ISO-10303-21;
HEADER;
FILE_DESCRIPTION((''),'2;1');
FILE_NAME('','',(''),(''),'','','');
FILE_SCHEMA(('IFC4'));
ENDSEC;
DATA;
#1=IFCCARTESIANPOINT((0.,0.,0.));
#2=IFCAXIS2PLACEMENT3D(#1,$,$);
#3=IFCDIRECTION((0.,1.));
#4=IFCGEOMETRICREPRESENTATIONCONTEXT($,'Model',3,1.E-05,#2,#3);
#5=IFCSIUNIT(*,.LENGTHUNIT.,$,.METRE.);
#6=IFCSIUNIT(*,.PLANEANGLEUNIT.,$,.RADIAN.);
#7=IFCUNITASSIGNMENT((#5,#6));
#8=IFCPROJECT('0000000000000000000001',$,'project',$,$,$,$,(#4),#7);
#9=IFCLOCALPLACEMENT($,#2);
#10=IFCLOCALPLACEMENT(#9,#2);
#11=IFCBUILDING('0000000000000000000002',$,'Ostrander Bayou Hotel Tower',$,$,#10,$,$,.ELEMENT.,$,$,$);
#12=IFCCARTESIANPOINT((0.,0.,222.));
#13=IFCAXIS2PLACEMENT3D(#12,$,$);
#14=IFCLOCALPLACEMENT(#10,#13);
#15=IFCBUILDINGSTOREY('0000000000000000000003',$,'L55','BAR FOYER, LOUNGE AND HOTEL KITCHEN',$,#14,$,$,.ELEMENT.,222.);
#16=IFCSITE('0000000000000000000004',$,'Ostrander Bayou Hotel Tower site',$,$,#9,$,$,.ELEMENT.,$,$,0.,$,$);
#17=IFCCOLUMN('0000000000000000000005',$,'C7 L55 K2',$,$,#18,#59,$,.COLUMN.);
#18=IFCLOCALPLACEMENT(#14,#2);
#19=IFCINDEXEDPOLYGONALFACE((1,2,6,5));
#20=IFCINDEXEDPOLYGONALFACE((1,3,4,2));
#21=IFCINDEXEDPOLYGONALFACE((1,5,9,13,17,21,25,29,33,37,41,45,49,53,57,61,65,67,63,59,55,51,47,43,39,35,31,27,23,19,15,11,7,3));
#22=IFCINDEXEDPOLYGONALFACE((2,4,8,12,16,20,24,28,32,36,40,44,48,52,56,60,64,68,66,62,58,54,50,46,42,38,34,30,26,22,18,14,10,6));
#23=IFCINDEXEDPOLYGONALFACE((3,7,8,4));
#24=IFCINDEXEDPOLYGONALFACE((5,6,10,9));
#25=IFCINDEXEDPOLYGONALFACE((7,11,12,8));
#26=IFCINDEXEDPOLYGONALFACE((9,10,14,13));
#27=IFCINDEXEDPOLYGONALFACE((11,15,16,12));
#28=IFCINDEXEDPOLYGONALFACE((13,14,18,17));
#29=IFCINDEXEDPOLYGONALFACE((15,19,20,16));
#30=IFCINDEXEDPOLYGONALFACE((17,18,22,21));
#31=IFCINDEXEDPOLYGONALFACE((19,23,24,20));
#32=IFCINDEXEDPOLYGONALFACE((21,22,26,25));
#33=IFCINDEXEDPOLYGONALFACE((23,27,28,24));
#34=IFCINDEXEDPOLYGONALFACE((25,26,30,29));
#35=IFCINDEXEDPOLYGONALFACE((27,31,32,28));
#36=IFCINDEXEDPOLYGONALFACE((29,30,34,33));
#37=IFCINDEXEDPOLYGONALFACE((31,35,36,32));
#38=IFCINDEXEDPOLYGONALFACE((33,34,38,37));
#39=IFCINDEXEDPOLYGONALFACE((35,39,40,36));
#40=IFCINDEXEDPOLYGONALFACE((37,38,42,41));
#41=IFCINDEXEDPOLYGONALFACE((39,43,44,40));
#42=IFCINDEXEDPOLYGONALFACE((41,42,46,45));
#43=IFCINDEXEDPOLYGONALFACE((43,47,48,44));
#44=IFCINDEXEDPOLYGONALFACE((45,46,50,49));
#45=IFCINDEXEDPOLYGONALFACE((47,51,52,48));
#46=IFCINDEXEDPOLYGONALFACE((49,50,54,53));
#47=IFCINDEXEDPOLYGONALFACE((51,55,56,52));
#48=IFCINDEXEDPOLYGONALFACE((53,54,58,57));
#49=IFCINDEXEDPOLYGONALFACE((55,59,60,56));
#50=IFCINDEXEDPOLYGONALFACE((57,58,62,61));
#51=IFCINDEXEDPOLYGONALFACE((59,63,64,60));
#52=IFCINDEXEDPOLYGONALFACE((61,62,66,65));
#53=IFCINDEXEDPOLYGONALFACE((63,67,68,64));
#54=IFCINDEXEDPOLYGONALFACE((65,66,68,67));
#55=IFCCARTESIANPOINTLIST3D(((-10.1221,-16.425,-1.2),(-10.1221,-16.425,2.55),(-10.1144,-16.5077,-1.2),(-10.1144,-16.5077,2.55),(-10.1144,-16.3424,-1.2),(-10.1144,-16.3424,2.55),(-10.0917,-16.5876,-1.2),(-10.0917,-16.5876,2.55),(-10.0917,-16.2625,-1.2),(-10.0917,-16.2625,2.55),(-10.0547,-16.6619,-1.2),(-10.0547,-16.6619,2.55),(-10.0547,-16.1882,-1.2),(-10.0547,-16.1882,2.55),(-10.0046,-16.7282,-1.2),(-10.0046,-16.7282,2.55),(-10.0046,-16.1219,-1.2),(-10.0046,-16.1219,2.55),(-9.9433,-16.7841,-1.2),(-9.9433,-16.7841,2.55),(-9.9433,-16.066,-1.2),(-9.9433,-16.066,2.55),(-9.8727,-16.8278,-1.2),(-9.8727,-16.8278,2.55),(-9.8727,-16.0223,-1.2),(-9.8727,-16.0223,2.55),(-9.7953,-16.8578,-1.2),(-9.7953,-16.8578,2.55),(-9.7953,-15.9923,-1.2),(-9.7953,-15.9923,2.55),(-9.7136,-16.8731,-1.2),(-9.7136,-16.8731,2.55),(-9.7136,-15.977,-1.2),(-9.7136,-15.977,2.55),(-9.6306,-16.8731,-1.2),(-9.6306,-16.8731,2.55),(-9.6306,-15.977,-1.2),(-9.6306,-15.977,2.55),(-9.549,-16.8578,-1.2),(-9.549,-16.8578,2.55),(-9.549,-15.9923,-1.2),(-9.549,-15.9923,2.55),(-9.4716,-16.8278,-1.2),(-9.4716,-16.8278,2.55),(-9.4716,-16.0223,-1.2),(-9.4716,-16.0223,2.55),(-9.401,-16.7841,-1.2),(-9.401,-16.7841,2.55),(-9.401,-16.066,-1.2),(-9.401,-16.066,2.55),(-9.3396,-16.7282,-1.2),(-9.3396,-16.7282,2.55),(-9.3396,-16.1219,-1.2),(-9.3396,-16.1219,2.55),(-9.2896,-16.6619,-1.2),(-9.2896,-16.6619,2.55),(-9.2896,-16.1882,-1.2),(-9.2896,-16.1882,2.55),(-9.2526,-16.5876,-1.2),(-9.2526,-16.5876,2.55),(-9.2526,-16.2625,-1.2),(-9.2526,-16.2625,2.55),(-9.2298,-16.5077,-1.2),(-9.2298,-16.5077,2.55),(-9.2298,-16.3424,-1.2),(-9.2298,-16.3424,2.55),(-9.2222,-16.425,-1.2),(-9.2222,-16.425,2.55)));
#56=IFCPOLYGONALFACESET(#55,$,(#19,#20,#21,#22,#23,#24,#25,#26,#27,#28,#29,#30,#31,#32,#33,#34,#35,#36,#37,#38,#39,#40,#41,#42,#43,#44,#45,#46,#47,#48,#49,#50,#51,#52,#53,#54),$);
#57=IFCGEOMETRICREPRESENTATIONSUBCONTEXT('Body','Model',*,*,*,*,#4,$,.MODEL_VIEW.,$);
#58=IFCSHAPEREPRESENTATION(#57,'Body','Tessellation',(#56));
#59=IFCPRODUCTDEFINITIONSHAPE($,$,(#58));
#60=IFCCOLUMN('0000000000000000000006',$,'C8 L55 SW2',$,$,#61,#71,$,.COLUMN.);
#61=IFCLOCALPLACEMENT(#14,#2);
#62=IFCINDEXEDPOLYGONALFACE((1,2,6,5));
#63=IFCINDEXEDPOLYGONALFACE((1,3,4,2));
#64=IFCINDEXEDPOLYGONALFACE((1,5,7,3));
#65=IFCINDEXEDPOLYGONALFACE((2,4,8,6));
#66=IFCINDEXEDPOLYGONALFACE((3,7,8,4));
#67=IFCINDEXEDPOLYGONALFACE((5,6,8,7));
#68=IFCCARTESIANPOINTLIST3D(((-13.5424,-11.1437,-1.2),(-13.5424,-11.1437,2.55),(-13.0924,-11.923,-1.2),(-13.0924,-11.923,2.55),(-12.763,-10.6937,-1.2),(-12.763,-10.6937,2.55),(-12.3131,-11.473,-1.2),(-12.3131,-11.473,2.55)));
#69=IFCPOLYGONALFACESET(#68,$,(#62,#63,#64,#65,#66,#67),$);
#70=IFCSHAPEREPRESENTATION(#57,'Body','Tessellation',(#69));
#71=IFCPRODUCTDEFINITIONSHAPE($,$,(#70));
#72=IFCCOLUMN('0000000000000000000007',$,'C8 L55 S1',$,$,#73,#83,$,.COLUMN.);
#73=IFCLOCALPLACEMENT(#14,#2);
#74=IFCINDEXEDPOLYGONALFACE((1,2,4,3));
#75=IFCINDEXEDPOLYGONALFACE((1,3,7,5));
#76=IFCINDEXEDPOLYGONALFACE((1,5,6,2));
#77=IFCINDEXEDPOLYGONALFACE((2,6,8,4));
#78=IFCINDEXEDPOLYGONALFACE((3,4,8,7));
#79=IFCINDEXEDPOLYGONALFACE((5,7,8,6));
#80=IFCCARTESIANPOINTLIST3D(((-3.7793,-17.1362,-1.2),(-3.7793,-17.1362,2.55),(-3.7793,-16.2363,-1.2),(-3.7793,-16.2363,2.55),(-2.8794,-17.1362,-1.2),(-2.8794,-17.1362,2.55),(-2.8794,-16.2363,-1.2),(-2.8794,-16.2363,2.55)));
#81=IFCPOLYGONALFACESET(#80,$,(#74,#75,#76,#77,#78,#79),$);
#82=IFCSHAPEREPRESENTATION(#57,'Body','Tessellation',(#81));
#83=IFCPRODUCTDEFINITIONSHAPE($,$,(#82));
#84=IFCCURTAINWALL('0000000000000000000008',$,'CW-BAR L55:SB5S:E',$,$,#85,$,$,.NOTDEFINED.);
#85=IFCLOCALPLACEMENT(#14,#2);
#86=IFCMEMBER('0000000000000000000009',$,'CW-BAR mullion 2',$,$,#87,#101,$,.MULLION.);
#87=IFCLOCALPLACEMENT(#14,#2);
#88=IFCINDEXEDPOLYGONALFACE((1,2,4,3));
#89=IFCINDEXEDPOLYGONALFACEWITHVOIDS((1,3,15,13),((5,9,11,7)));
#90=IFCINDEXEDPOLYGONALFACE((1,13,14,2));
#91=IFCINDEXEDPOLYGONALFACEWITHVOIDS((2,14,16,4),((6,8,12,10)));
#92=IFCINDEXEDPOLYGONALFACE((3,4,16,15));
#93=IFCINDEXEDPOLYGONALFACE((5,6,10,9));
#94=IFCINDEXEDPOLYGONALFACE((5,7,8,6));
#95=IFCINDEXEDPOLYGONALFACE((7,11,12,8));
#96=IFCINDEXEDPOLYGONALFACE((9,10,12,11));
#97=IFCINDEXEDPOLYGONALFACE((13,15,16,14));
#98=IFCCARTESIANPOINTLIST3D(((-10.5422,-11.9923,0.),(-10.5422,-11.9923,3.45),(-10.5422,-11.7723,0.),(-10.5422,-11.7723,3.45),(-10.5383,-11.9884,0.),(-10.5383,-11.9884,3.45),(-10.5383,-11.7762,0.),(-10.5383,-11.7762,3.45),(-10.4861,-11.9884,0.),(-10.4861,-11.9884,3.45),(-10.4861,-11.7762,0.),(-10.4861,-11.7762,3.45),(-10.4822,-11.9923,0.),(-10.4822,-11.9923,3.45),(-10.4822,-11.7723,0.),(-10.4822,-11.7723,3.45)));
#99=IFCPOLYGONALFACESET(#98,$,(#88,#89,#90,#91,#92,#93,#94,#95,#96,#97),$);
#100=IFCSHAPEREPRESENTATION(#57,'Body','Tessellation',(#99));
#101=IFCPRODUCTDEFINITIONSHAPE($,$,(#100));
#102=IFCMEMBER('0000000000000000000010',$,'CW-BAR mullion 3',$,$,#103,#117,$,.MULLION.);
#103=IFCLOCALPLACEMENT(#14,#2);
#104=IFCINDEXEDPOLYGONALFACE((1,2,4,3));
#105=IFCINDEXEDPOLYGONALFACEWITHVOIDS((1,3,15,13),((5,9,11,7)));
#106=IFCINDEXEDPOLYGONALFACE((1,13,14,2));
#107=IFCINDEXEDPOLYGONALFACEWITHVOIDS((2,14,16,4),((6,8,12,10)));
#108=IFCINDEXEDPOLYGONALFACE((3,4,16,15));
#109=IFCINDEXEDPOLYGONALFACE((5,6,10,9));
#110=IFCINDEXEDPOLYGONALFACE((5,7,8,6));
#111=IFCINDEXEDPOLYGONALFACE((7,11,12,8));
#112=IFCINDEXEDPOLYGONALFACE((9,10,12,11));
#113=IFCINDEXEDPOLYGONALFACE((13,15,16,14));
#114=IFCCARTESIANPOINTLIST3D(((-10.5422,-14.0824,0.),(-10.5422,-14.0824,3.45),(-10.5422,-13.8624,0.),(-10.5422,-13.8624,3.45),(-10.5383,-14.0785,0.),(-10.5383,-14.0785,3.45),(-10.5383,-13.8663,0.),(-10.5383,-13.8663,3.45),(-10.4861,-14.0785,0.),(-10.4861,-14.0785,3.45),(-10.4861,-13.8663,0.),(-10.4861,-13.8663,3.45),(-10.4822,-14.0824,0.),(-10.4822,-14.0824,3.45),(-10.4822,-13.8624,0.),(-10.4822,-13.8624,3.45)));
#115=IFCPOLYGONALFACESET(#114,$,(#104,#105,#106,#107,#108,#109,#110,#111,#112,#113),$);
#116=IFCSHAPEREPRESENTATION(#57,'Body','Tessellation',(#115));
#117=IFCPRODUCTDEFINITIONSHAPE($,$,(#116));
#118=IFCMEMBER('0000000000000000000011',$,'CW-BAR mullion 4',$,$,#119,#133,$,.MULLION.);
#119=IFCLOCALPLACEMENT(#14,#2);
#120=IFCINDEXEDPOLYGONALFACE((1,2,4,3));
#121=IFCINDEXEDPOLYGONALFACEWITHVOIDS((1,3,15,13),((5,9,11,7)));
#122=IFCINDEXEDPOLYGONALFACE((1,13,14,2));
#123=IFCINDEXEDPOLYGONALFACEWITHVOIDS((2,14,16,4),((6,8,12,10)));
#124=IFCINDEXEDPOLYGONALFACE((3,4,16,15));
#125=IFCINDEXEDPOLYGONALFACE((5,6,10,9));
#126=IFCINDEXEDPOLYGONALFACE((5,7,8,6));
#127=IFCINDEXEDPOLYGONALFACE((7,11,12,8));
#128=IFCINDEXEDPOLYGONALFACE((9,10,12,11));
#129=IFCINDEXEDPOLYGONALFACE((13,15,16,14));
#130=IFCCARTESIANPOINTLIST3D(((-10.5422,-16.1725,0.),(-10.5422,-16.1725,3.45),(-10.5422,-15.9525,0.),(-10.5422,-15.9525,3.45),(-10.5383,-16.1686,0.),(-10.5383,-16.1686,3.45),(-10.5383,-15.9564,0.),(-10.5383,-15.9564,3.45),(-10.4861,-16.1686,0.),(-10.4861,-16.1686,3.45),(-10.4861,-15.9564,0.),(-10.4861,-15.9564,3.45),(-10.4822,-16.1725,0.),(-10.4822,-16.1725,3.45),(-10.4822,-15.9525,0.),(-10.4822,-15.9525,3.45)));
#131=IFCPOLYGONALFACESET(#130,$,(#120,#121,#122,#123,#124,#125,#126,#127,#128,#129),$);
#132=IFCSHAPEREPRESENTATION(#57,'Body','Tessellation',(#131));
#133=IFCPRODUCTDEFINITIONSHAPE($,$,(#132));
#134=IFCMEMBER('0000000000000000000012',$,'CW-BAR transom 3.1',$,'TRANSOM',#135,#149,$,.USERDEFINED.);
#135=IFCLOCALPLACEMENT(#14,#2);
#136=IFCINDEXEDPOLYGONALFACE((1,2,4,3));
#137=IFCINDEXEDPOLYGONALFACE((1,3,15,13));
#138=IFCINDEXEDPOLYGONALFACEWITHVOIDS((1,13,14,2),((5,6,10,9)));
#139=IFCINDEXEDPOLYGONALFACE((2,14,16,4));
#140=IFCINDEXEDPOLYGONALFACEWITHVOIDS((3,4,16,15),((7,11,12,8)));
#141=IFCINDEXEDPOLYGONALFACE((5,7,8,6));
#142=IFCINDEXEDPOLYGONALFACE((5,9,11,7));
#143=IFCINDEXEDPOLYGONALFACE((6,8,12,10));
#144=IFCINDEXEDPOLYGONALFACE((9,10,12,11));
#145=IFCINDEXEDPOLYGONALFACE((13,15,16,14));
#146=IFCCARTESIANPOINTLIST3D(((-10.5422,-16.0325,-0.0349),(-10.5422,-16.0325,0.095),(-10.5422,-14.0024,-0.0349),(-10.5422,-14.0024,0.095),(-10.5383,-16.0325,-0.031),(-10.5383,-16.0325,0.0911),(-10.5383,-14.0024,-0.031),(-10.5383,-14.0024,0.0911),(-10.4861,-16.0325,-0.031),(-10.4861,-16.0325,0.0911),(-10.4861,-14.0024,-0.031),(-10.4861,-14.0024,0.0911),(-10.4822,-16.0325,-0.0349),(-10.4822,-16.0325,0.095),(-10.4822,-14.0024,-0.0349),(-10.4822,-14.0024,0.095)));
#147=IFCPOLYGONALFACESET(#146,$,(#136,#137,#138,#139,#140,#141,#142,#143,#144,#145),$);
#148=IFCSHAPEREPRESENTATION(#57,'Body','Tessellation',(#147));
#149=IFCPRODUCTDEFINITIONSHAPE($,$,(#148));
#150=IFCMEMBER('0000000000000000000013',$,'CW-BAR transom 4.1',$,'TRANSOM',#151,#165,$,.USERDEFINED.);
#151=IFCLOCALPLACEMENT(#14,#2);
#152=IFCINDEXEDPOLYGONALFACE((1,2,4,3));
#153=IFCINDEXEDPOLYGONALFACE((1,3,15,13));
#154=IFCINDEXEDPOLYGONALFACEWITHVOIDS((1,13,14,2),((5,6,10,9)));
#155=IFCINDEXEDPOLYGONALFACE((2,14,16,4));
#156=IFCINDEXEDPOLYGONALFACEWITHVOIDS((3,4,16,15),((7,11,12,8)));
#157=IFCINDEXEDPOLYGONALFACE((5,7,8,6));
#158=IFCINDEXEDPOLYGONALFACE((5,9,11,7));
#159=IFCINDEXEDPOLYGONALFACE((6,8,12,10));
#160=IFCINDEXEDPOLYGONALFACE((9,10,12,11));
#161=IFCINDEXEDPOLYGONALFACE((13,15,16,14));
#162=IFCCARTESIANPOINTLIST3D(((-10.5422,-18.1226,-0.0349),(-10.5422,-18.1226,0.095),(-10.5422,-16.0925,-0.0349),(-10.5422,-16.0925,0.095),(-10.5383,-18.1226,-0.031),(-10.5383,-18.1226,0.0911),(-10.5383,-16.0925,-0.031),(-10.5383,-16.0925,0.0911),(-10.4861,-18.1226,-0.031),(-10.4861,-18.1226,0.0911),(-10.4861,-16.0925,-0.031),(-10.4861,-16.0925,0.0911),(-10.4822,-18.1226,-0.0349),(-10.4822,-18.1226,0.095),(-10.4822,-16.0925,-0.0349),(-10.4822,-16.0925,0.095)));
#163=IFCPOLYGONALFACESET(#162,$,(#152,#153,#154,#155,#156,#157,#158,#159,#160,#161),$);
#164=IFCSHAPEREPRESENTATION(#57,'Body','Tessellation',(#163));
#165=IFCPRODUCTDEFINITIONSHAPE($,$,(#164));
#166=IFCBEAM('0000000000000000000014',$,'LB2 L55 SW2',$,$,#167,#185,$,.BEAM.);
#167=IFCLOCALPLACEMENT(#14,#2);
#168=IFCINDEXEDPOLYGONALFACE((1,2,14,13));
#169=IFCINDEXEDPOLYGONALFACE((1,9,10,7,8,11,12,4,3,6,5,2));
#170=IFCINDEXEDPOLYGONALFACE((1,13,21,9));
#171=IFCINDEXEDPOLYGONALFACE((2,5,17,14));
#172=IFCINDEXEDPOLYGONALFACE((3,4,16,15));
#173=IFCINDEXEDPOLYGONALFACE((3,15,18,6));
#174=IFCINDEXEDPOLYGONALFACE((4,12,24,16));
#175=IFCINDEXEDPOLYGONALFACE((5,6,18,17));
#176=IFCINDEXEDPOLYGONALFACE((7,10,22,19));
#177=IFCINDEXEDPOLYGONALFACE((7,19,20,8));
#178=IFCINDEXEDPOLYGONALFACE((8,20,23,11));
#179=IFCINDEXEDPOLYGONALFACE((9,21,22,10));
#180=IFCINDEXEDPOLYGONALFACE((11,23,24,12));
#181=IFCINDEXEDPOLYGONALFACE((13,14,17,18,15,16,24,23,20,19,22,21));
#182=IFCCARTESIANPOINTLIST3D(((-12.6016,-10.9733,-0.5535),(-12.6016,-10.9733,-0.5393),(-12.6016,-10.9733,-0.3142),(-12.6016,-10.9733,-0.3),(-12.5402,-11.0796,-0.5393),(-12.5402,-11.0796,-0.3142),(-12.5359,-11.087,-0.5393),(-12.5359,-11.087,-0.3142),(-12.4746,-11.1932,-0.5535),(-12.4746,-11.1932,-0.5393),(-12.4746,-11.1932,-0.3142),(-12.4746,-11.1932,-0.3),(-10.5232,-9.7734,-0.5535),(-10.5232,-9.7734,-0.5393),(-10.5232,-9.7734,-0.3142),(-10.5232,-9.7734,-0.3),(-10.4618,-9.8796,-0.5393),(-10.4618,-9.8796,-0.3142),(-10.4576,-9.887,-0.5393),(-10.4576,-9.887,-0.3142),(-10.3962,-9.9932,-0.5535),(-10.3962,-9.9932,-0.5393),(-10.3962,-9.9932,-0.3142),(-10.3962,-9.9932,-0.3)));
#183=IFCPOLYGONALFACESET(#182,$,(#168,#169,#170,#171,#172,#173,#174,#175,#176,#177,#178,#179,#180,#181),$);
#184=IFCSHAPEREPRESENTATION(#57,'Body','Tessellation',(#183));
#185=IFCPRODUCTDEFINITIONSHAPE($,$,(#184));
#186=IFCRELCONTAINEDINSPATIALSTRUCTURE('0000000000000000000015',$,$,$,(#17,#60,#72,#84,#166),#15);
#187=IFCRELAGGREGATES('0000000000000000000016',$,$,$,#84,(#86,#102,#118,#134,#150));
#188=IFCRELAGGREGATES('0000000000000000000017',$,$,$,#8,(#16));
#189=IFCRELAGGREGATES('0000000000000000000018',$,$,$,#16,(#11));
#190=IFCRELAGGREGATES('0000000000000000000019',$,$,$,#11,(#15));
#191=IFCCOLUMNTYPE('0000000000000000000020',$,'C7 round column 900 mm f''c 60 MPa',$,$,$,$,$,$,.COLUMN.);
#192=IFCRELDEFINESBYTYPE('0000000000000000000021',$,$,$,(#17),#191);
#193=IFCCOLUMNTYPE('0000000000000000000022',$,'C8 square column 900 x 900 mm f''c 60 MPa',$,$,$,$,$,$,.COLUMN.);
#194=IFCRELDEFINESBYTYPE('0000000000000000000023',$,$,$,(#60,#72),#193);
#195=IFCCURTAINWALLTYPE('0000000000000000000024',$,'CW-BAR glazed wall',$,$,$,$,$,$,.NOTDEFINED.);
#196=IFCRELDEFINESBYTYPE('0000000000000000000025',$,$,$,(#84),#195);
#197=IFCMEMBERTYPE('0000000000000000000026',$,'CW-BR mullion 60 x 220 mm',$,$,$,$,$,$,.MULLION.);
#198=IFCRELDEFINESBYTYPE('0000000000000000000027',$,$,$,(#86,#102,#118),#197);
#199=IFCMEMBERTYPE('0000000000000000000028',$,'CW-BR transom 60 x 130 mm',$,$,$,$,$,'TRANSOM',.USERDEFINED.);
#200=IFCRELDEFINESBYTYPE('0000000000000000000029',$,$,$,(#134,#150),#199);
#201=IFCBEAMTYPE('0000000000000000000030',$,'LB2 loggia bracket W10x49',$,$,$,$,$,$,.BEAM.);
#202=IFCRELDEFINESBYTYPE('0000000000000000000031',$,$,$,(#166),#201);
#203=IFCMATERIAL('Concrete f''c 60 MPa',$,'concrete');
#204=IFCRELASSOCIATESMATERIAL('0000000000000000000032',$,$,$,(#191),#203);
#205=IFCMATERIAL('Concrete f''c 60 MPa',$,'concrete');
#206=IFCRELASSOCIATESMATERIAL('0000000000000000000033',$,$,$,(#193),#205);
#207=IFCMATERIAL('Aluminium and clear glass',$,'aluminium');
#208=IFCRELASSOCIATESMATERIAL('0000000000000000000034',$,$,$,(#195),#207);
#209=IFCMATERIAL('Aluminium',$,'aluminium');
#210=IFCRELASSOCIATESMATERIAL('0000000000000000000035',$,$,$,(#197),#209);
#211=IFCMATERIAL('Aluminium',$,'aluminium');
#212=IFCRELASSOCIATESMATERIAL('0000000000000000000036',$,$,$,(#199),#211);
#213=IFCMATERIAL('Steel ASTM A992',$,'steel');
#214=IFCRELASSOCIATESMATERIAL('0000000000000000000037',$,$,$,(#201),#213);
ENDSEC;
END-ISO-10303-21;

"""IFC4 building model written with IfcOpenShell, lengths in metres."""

from ifc_helpers import new_model, si_unit, direction, frame, origin, origin_2d, place, context, subcontext, project, spatial, rectangle, hollow_rectangle, circle, i_section, extrude, material, material_profile, profile_set, type_object, element, aggregate, save


model = new_model("IFC4")

# Units and contexts
model_context = context("Model", 3, precision=1e-05, world=origin(), true_north=direction((0.0, 1.0)))
body_context = subcontext(model_context, "Body", "Model", "MODEL_VIEW")
ifc_project = project(units=[si_unit("LENGTHUNIT", "METRE"), si_unit("PLANEANGLEUNIT", "RADIAN")], contexts=[model_context])

# Site, building, storey
site_placement = place(None, origin())
site = spatial("IfcSite", under=ifc_project, at=site_placement, Name="Ostrander Bayou Hotel Tower site", CompositionType="ELEMENT", RefElevation=0.0)
building_placement = place(site_placement, origin())
building = spatial("IfcBuilding", under=site, at=building_placement, Name="Ostrander Bayou Hotel Tower", CompositionType="ELEMENT")
storey_placement = place(building_placement, frame((0.0, 0.0, 222.0)))
storey = spatial("IfcBuildingStorey", under=building, at=storey_placement, Name="L55", Description="BAR FOYER, LOUNGE AND HOTEL KITCHEN", CompositionType="ELEMENT", Elevation=222.0)

# Columns
ifc_material_1 = material(Name="Concrete f'c 60 MPa", Category="concrete")
ifc_material_profile_1 = material_profile(ifc_material_1, circle(Radius=0.45, at=origin_2d()))
ifc_profile_set_1 = profile_set([ifc_material_profile_1], Name="Concrete f'c 60 MPa")
column_type_1 = type_object("IfcColumnType", Name="C7 round column 900 mm f'c 60 MPa", PredefinedType="COLUMN", material=ifc_profile_set_1)
column_placement = place(storey_placement, frame((-9.6721, -16.425, -1.2), z_axis=(0.0, 0.0, 1.0), x_axis=(1.0, 0.0, 0.0)))
element("IfcColumn", 1, at=column_placement, inside=storey, type_object=column_type_1, Name="C7 L55 K2", PredefinedType="COLUMN", context=body_context, shape_type="SweptSolid", body=[
    extrude(circle(Radius=0.45, at=origin_2d()), origin(), (0.0, 0.0, 1.0), 3.75),
])
ifc_material_2 = material(Name="Concrete f'c 60 MPa", Category="concrete")
ifc_material_profile_2 = material_profile(ifc_material_2, rectangle(XDim=0.8999, YDim=0.8999, at=origin_2d()))
ifc_profile_set_2 = profile_set([ifc_material_profile_2], Name="Concrete f'c 60 MPa")
column_type_2 = type_object("IfcColumnType", Name="C8 square column 900 x 900 mm f'c 60 MPa", PredefinedType="COLUMN", material=ifc_profile_set_2)
for number, where, z_axis, x_axis, name in (
    (2, (-12.9277, -11.3083, -1.2), (0.0, 0.0, 1.0), (-0.5, 0.866025, 0.0), "C8 L55 SW2"),
    (3, (-3.3293, -16.6863, -1.2), (0.0, 0.0, 1.0), (-1.0, 0.0, 0.0), "C8 L55 S1"),
):
    element("IfcColumn", number, at=place(storey_placement, frame(where, z_axis=z_axis, x_axis=x_axis)), inside=storey, type_object=column_type_2, Name=name, PredefinedType="COLUMN", context=body_context, shape_type="SweptSolid", body=[
        extrude(rectangle(XDim=0.8999, YDim=0.8999, at=origin_2d()), origin(), (0.0, 0.0, 1.0), 3.75),
    ])

# Curtain wall, members
ifc_material_3 = material(Name="Aluminium and clear glass", Category="aluminium")
curtain_wall_type = type_object("IfcCurtainWallType", Name="CW-BAR glazed wall", PredefinedType="NOTDEFINED", material=ifc_material_3)
curtain_wall_placement = place(storey_placement, origin())
curtain_wall = element("IfcCurtainWall", 4, at=curtain_wall_placement, inside=storey, type_object=curtain_wall_type, Name="CW-BAR L55:SB5S:E", PredefinedType="NOTDEFINED")
ifc_material_4 = material(Name="Aluminium", Category="aluminium")
ifc_material_profile_3 = material_profile(ifc_material_4, hollow_rectangle(XDim=0.0601, YDim=0.22, WallThickness=0.0039, at=origin_2d()))
ifc_profile_set_3 = profile_set([ifc_material_profile_3], Name="Aluminium")
member_type_1 = type_object("IfcMemberType", Name="CW-BR mullion 60 x 220 mm", PredefinedType="MULLION", material=ifc_profile_set_3)
member_1_placement = place(storey_placement, frame((-10.5122, -11.8823, 0.0), z_axis=(0.0, 0.0, 1.0), x_axis=(1.0, 0.0, 0.0)))
member_1 = element("IfcMember", 5, at=member_1_placement, type_object=member_type_1, Name="CW-BAR mullion 2", PredefinedType="MULLION", context=body_context, shape_type="SweptSolid", body=[
    extrude(hollow_rectangle(XDim=0.0601, YDim=0.22, WallThickness=0.0039, at=origin_2d()), origin(), (0.0, 0.0, 1.0), 3.45),
])
member_2_placement = place(storey_placement, frame((-10.5122, -13.9724, 0.0), z_axis=(0.0, 0.0, 1.0), x_axis=(1.0, 0.0, 0.0)))
member_2 = element("IfcMember", 6, at=member_2_placement, type_object=member_type_1, Name="CW-BAR mullion 3", PredefinedType="MULLION", context=body_context, shape_type="SweptSolid", body=[
    extrude(hollow_rectangle(XDim=0.0601, YDim=0.22, WallThickness=0.0039, at=origin_2d()), origin(), (0.0, 0.0, 1.0), 3.45),
])
member_3_placement = place(storey_placement, frame((-10.5122, -16.0625, 0.0), z_axis=(0.0, 0.0, 1.0), x_axis=(1.0, 0.0, 0.0)))
member_3 = element("IfcMember", 7, at=member_3_placement, type_object=member_type_1, Name="CW-BAR mullion 4", PredefinedType="MULLION", context=body_context, shape_type="SweptSolid", body=[
    extrude(hollow_rectangle(XDim=0.0601, YDim=0.22, WallThickness=0.0039, at=origin_2d()), origin(), (0.0, 0.0, 1.0), 3.45),
])
ifc_material_5 = material(Name="Aluminium", Category="aluminium")
ifc_material_profile_4 = material_profile(ifc_material_5, hollow_rectangle(XDim=0.0601, YDim=0.1299, WallThickness=0.0039, at=origin_2d()))
ifc_profile_set_4 = profile_set([ifc_material_profile_4], Name="Aluminium")
member_type_2 = type_object("IfcMemberType", Name="CW-BR transom 60 x 130 mm", ElementType="TRANSOM", PredefinedType="USERDEFINED", material=ifc_profile_set_4)
member_4_placement = place(storey_placement, frame((-10.5122, -14.0024, 0.03), z_axis=(0.0, -1.0, 0.0), x_axis=(1.0, 0.0, 0.0)))
member_4 = element("IfcMember", 8, at=member_4_placement, type_object=member_type_2, Name="CW-BAR transom 3.1", ObjectType="TRANSOM", PredefinedType="USERDEFINED", context=body_context, shape_type="SweptSolid", body=[
    extrude(hollow_rectangle(XDim=0.0601, YDim=0.1299, WallThickness=0.0039, at=origin_2d()), origin(), (0.0, 0.0, 1.0), 2.03),
])
member_5_placement = place(storey_placement, frame((-10.5122, -16.0925, 0.03), z_axis=(0.0, -1.0, 0.0), x_axis=(1.0, 0.0, 0.0)))
member_5 = element("IfcMember", 9, at=member_5_placement, type_object=member_type_2, Name="CW-BAR transom 4.1", ObjectType="TRANSOM", PredefinedType="USERDEFINED", context=body_context, shape_type="SweptSolid", body=[
    extrude(hollow_rectangle(XDim=0.0601, YDim=0.1299, WallThickness=0.0039, at=origin_2d()), origin(), (0.0, 0.0, 1.0), 2.03),
])
aggregate(curtain_wall, [member_1, member_2, member_3, member_4, member_5])

# Beam
ifc_material_6 = material(Name="Steel ASTM A992", Category="steel")
ifc_material_profile_5 = material_profile(ifc_material_6, i_section(OverallWidth=0.2539, OverallDepth=0.2534, WebThickness=0.0085, FlangeThickness=0.0142, at=origin_2d()))
ifc_profile_set_5 = profile_set([ifc_material_profile_5], Name="Steel ASTM A992")
beam_type_1 = type_object("IfcBeamType", Name="LB2 loggia bracket W10x49", PredefinedType="BEAM", material=ifc_profile_set_5)
beam_1_placement = place(storey_placement, frame((-12.5381, -11.0833, -0.4268), z_axis=(0.866025, 0.500001, 0.0), x_axis=(-0.500001, 0.866025, 0.0)))
element("IfcBeam", 10, at=beam_1_placement, inside=storey, type_object=beam_type_1, Name="LB2 L55 SW2", PredefinedType="BEAM", context=body_context, shape_type="SweptSolid", body=[
    extrude(i_section(OverallWidth=0.2539, OverallDepth=0.2534, WebThickness=0.0085, FlangeThickness=0.0142, at=origin_2d()), origin(), (0.0, 0.0, 1.0), 2.3999),
])

save(model, "model.ifc")
